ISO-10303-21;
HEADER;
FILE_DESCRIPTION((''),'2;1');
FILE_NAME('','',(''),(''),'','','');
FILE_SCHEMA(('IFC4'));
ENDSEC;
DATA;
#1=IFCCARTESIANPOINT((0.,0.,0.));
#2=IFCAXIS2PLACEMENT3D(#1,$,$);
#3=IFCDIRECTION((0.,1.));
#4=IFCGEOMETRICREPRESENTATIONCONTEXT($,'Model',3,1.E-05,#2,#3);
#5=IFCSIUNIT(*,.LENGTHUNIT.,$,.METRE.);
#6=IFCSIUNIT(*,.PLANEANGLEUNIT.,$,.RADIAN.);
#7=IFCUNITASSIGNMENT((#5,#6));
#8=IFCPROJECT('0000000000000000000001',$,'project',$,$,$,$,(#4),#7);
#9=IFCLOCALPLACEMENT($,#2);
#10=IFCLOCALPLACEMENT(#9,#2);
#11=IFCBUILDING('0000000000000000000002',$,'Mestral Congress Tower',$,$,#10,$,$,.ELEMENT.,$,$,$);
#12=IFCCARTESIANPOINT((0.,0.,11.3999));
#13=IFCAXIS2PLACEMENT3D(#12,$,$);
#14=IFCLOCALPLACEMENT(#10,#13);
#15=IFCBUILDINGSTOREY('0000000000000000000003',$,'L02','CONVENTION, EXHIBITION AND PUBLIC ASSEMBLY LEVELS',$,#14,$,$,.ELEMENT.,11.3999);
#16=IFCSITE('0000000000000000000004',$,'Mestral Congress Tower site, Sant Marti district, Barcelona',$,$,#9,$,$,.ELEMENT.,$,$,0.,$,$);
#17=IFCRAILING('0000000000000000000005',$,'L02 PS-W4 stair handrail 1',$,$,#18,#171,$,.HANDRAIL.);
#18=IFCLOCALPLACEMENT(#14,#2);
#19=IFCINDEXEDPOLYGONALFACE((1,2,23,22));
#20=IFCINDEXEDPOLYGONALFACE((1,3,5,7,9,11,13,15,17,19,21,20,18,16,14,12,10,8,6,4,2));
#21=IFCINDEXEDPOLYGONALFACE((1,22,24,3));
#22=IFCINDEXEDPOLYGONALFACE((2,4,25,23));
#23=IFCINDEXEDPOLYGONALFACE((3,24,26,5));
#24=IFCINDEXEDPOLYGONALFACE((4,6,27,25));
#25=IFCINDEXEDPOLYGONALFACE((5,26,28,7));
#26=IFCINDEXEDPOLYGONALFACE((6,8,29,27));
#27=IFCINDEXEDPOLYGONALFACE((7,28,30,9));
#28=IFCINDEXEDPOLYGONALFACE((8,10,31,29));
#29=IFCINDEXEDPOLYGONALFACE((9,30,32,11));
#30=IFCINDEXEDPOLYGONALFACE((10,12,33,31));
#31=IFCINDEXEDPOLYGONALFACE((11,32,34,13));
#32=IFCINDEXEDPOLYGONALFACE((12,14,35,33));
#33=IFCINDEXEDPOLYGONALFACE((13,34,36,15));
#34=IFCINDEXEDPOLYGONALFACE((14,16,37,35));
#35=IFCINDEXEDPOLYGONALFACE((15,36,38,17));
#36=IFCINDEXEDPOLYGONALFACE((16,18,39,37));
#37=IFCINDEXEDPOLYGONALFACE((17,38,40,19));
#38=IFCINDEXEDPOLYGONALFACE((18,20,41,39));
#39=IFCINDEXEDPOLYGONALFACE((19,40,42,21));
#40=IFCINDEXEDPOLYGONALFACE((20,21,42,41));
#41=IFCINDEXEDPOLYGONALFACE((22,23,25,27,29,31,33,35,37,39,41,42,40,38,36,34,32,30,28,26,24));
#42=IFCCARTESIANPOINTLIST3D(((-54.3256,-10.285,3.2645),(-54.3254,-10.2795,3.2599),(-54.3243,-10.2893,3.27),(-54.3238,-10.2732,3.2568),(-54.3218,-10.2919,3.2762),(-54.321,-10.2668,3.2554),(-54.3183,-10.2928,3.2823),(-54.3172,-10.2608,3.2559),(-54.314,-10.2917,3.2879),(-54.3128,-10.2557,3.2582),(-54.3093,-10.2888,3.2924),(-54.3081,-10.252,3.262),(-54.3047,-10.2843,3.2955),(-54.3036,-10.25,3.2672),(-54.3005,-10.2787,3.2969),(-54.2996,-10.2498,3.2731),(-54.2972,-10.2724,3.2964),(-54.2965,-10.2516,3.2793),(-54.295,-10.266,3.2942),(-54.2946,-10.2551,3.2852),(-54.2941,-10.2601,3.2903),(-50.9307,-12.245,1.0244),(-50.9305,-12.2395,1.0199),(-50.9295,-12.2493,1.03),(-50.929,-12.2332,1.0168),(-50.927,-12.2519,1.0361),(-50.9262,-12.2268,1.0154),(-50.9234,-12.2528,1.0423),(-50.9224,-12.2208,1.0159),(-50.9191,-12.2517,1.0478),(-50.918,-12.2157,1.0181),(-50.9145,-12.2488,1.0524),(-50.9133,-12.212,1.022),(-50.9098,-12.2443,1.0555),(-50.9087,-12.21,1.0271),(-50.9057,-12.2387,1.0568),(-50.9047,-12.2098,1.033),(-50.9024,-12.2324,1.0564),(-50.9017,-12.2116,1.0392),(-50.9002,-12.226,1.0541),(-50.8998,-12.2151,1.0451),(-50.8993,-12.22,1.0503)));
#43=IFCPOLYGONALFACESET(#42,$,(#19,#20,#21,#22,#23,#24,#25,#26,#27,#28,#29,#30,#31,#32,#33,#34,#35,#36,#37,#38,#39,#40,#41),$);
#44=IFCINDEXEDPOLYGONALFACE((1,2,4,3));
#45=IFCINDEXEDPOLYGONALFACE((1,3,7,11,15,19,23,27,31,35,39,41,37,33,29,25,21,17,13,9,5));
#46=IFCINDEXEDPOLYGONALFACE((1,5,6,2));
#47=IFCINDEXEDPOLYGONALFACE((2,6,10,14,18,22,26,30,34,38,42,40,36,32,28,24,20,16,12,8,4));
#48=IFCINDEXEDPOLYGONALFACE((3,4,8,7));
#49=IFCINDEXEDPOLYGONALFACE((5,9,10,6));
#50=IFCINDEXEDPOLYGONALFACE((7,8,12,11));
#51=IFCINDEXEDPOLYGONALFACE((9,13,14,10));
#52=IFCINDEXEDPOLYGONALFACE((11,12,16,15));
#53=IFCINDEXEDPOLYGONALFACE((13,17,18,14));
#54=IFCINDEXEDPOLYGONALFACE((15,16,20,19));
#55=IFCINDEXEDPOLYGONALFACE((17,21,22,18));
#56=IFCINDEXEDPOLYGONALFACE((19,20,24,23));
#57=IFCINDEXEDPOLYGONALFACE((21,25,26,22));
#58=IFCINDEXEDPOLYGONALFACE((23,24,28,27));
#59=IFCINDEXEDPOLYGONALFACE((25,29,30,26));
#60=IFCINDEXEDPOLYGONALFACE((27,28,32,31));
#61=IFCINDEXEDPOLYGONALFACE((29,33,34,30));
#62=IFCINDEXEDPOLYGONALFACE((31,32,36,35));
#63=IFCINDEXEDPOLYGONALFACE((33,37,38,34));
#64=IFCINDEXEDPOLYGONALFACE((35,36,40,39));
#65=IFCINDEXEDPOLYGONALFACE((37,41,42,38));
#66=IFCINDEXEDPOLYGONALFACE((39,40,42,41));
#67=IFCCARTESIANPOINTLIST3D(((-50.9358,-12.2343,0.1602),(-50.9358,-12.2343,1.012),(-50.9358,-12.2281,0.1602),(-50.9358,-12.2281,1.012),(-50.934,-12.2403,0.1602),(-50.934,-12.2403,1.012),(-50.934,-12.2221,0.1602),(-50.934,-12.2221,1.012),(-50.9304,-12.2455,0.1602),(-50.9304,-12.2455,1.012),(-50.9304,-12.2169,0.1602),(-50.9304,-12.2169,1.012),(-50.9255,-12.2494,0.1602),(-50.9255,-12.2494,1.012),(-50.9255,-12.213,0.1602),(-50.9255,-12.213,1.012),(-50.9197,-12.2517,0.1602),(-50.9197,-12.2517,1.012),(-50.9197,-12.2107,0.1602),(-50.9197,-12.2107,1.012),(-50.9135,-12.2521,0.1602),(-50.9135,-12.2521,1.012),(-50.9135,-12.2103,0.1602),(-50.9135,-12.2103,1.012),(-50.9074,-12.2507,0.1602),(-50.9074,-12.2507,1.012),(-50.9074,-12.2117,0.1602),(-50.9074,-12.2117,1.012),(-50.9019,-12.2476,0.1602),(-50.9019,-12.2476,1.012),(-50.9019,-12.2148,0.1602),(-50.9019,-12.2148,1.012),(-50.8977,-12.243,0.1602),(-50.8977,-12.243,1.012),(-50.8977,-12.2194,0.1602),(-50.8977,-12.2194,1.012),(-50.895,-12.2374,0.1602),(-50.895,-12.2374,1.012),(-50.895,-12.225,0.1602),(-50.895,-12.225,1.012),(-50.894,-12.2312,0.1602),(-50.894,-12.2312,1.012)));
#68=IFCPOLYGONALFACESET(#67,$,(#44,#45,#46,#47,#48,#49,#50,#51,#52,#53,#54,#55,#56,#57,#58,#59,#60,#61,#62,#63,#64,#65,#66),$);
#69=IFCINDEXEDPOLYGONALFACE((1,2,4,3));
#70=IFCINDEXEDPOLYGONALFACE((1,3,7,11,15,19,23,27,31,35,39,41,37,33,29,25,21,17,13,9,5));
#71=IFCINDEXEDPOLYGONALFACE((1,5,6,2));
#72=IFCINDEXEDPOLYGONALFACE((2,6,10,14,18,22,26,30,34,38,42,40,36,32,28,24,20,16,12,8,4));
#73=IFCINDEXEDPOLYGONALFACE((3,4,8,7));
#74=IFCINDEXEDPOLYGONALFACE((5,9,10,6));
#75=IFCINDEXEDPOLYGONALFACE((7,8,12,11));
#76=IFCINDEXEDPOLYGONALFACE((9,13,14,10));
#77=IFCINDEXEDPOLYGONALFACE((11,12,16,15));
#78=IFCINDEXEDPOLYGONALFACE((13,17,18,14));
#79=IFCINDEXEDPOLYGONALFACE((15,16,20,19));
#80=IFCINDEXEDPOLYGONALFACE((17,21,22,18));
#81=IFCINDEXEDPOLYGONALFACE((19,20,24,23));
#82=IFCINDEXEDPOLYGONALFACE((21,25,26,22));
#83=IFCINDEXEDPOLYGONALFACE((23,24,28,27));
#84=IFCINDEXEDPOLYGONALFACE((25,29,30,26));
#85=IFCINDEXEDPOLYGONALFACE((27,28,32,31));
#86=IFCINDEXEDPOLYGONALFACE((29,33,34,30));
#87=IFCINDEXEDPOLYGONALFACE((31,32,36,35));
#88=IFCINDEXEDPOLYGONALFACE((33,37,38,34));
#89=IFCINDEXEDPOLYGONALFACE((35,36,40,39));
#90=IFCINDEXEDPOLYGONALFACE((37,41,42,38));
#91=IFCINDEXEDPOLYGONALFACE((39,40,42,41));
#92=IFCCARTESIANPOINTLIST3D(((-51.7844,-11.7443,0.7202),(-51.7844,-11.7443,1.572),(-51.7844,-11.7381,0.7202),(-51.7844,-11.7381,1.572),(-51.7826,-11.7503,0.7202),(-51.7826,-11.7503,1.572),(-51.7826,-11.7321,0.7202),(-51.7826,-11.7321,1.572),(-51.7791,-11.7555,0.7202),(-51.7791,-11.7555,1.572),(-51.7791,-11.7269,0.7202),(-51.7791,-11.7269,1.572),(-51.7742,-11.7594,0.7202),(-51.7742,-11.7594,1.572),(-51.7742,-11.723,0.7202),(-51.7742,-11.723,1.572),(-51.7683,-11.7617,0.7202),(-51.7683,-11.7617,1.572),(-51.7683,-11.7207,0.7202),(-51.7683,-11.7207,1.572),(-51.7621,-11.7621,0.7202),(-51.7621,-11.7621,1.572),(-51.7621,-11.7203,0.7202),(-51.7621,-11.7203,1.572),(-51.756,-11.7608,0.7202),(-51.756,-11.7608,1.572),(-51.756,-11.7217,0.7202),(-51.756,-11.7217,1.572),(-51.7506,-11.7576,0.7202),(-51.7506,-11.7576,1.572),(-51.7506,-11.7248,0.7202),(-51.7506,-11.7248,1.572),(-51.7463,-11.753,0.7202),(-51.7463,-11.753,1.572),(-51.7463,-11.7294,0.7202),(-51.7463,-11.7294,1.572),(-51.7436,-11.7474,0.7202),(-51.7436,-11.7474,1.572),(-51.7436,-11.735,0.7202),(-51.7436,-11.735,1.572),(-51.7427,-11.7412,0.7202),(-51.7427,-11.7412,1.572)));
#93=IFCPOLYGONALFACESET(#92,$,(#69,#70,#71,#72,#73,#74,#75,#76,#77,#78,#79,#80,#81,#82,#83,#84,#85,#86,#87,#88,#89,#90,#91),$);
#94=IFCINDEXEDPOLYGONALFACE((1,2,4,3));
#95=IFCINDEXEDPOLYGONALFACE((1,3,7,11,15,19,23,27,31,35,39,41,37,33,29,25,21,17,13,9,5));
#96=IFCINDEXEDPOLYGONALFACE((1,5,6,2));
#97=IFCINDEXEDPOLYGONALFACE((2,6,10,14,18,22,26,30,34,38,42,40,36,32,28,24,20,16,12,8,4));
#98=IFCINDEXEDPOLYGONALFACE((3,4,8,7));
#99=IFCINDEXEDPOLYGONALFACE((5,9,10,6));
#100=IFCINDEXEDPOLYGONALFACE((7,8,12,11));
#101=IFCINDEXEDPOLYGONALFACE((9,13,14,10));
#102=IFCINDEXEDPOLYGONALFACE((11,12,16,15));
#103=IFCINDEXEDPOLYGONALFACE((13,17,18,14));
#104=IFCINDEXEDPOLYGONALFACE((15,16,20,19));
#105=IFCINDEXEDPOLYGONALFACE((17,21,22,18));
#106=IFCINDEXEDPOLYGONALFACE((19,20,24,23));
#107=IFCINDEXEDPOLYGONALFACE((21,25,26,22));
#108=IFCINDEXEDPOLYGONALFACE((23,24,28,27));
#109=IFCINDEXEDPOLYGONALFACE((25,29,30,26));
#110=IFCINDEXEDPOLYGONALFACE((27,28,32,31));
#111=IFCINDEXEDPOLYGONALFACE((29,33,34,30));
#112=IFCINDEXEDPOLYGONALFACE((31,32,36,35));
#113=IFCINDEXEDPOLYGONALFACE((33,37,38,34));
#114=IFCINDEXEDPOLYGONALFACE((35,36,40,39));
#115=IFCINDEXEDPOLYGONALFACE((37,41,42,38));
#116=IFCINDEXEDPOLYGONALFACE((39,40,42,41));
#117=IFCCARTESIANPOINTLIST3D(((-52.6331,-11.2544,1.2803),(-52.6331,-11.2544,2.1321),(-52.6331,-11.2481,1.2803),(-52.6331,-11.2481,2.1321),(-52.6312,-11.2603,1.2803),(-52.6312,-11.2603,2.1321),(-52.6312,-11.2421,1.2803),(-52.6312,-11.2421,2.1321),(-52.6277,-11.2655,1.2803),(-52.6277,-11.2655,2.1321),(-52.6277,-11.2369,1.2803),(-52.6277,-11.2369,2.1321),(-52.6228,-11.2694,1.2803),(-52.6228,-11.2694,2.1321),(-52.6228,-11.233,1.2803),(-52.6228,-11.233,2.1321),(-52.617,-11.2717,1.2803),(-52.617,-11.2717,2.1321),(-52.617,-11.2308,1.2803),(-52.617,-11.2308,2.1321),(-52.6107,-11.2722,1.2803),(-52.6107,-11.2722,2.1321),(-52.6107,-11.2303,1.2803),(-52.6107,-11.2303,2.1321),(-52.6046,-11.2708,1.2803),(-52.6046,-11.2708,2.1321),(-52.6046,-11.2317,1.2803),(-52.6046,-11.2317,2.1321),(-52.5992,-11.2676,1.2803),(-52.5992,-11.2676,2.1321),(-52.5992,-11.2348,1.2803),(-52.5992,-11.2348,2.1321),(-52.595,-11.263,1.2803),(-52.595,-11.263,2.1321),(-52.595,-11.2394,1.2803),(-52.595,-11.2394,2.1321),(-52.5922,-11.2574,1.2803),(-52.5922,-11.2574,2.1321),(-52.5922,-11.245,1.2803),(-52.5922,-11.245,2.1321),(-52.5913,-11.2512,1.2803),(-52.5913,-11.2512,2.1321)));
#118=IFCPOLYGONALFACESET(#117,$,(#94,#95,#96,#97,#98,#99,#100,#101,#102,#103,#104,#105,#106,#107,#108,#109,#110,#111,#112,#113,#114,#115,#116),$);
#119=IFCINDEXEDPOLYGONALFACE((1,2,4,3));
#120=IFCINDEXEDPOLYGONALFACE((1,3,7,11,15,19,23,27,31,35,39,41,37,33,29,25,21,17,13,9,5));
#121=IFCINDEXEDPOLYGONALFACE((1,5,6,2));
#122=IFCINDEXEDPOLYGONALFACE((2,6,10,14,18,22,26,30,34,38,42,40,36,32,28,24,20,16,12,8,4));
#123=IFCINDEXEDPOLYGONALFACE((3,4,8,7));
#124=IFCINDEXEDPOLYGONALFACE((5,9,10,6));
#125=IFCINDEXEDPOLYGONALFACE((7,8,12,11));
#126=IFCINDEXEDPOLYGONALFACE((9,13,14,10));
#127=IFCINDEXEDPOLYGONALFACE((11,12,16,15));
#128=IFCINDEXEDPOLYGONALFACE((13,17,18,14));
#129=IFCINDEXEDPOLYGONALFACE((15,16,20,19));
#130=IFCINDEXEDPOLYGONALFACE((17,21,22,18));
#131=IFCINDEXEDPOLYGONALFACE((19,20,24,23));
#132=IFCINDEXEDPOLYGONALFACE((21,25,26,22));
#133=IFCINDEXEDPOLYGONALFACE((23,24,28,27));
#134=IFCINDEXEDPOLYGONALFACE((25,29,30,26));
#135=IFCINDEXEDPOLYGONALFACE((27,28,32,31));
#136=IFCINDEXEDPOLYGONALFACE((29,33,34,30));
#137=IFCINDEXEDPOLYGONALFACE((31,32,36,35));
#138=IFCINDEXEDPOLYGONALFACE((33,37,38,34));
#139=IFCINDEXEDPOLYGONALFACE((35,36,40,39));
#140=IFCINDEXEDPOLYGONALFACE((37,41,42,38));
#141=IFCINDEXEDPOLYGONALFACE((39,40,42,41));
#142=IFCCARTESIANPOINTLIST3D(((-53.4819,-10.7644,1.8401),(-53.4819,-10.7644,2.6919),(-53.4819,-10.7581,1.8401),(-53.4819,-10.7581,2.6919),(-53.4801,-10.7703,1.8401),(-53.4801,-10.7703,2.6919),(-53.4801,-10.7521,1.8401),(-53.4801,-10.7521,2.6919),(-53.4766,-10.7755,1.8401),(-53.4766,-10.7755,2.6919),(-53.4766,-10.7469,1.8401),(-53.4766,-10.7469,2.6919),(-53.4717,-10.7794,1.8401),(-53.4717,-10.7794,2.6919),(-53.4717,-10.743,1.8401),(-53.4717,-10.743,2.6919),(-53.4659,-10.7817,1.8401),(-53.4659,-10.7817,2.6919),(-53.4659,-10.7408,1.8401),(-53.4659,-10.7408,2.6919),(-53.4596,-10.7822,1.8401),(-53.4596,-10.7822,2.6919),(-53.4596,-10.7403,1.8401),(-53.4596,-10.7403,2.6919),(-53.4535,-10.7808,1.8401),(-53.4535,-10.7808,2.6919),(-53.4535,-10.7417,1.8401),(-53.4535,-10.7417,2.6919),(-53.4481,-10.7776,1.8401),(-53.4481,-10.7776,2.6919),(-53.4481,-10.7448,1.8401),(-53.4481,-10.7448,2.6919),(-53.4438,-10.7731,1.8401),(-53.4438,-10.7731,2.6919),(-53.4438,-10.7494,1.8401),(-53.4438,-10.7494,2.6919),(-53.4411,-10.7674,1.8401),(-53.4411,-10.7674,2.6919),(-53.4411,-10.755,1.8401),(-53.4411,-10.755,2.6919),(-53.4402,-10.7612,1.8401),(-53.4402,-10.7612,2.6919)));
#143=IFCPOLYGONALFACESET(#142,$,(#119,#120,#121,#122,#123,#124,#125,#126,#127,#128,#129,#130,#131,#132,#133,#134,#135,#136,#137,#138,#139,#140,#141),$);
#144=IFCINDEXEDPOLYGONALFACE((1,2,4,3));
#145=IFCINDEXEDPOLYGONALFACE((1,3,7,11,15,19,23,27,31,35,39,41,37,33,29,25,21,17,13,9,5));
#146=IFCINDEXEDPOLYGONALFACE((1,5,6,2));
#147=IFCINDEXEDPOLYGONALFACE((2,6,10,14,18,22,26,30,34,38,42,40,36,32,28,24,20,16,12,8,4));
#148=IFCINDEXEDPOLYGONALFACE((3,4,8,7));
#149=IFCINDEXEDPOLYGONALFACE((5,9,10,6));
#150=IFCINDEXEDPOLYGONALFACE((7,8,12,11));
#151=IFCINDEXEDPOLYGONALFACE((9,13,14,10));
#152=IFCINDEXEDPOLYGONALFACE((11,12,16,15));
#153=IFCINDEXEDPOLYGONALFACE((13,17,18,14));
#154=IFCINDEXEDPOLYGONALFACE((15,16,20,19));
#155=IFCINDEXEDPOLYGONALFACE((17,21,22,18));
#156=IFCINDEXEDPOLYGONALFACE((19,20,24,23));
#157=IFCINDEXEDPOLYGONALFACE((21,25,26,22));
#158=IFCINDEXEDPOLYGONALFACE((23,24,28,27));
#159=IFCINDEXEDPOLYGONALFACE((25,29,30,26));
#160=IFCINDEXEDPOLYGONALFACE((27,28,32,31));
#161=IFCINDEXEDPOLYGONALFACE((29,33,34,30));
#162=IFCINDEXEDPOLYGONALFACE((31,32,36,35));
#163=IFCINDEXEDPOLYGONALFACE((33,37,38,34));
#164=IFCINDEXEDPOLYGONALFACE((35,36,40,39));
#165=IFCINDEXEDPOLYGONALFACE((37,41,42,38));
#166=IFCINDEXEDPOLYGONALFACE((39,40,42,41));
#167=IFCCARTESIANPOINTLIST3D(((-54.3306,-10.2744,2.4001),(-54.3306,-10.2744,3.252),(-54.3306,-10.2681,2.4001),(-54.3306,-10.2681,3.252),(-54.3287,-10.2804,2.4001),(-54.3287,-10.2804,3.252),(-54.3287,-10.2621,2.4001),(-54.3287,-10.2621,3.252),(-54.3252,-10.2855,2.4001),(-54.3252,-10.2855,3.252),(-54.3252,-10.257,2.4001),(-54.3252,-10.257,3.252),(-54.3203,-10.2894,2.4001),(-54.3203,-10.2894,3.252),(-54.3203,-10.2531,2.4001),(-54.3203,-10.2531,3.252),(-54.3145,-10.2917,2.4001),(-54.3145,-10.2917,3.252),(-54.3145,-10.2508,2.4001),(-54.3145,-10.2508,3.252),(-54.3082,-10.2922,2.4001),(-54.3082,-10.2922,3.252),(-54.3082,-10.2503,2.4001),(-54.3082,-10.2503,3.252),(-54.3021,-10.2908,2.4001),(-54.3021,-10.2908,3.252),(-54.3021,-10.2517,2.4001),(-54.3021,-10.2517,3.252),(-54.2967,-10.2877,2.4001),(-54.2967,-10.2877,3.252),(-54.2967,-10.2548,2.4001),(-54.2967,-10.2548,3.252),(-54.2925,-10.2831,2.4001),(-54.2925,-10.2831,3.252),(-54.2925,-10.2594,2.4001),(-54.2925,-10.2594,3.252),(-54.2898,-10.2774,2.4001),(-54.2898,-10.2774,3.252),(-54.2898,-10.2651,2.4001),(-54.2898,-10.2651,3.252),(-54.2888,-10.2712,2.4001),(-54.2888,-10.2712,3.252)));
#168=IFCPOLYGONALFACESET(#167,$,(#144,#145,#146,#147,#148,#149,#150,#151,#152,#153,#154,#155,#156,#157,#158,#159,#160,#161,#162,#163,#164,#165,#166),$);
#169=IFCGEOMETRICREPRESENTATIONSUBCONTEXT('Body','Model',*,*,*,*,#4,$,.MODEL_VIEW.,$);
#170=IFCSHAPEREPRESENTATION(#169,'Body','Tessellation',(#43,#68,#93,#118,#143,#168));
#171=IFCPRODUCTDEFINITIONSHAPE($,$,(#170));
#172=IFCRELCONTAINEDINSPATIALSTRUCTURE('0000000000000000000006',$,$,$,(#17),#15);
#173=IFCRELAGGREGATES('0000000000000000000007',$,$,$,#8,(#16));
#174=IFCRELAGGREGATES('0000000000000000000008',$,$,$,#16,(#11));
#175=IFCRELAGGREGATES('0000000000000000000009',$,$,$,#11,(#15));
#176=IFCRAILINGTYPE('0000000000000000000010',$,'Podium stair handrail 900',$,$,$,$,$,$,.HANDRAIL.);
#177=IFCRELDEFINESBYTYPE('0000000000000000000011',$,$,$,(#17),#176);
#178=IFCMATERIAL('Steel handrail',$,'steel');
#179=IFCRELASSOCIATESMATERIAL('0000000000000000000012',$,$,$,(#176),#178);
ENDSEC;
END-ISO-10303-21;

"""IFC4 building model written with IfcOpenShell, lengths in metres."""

from ifc_helpers import new_model, si_unit, direction, frame, origin, origin_2d, place, context, subcontext, project, spatial, circle, extrude, material, type_object, element, save


model = new_model("IFC4")

# Units and contexts
model_context = context("Model", 3, precision=1e-05, world=origin(), true_north=direction((0.0, 1.0)))
body_context = subcontext(model_context, "Body", "Model", "MODEL_VIEW")
ifc_project = project(units=[si_unit("LENGTHUNIT", "METRE"), si_unit("PLANEANGLEUNIT", "RADIAN")], contexts=[model_context])

# Site, building, storey
site_placement = place(None, origin())
site = spatial("IfcSite", under=ifc_project, at=site_placement, Name="Mestral Congress Tower site, Sant Marti district, Barcelona", CompositionType="ELEMENT", RefElevation=0.0)
building_placement = place(site_placement, origin())
building = spatial("IfcBuilding", under=site, at=building_placement, Name="Mestral Congress Tower", CompositionType="ELEMENT")
storey_placement = place(building_placement, frame((0.0, 0.0, 11.3999)))
storey = spatial("IfcBuildingStorey", under=building, at=storey_placement, Name="L02", Description="CONVENTION, EXHIBITION AND PUBLIC ASSEMBLY LEVELS", CompositionType="ELEMENT", Elevation=11.3999)

# Railing
ifc_material_1 = material(Name="Steel handrail", Category="steel")
railing_type_1 = type_object("IfcRailingType", Name="Podium stair handrail 900", PredefinedType="HANDRAIL", material=ifc_material_1)
railing_1_placement = place(storey_placement, frame((-50.915, -12.2312, 0.1602)))
element("IfcRailing", 1, at=railing_1_placement, inside=storey, type_object=railing_type_1, Name="L02 PS-W4 stair handrail 1", PredefinedType="HANDRAIL", context=body_context, shape_type="SweptSolid", body=[
    extrude(circle(Radius=0.0239, at=origin_2d()), frame((0.0, 0.0, 0.876), z_axis=(-0.75192, 0.434118, 0.496143), x_axis=(-0.499997, -0.866027, 0.0)), (0.0, 0.0, 1.0), 4.5149),
    extrude(circle(Radius=0.021, at=origin_2d()), origin(), (0.0, 0.0, 1.0), 0.8518),
    extrude(circle(Radius=0.021, at=origin_2d()), frame((-0.8486, 0.49, 0.5601)), (0.0, 0.0, 1.0), 0.8518),
    extrude(circle(Radius=0.021, at=origin_2d()), frame((-1.6973, 0.98, 1.1201)), (0.0, 0.0, 1.0), 0.8518),
    extrude(circle(Radius=0.021, at=origin_2d()), frame((-2.5461, 1.47, 1.6799)), (0.0, 0.0, 1.0), 0.8518),
    extrude(circle(Radius=0.021, at=origin_2d()), frame((-3.3948, 1.96, 2.24)), (0.0, 0.0, 1.0), 0.8518),
])

save(model, "model.ifc")
